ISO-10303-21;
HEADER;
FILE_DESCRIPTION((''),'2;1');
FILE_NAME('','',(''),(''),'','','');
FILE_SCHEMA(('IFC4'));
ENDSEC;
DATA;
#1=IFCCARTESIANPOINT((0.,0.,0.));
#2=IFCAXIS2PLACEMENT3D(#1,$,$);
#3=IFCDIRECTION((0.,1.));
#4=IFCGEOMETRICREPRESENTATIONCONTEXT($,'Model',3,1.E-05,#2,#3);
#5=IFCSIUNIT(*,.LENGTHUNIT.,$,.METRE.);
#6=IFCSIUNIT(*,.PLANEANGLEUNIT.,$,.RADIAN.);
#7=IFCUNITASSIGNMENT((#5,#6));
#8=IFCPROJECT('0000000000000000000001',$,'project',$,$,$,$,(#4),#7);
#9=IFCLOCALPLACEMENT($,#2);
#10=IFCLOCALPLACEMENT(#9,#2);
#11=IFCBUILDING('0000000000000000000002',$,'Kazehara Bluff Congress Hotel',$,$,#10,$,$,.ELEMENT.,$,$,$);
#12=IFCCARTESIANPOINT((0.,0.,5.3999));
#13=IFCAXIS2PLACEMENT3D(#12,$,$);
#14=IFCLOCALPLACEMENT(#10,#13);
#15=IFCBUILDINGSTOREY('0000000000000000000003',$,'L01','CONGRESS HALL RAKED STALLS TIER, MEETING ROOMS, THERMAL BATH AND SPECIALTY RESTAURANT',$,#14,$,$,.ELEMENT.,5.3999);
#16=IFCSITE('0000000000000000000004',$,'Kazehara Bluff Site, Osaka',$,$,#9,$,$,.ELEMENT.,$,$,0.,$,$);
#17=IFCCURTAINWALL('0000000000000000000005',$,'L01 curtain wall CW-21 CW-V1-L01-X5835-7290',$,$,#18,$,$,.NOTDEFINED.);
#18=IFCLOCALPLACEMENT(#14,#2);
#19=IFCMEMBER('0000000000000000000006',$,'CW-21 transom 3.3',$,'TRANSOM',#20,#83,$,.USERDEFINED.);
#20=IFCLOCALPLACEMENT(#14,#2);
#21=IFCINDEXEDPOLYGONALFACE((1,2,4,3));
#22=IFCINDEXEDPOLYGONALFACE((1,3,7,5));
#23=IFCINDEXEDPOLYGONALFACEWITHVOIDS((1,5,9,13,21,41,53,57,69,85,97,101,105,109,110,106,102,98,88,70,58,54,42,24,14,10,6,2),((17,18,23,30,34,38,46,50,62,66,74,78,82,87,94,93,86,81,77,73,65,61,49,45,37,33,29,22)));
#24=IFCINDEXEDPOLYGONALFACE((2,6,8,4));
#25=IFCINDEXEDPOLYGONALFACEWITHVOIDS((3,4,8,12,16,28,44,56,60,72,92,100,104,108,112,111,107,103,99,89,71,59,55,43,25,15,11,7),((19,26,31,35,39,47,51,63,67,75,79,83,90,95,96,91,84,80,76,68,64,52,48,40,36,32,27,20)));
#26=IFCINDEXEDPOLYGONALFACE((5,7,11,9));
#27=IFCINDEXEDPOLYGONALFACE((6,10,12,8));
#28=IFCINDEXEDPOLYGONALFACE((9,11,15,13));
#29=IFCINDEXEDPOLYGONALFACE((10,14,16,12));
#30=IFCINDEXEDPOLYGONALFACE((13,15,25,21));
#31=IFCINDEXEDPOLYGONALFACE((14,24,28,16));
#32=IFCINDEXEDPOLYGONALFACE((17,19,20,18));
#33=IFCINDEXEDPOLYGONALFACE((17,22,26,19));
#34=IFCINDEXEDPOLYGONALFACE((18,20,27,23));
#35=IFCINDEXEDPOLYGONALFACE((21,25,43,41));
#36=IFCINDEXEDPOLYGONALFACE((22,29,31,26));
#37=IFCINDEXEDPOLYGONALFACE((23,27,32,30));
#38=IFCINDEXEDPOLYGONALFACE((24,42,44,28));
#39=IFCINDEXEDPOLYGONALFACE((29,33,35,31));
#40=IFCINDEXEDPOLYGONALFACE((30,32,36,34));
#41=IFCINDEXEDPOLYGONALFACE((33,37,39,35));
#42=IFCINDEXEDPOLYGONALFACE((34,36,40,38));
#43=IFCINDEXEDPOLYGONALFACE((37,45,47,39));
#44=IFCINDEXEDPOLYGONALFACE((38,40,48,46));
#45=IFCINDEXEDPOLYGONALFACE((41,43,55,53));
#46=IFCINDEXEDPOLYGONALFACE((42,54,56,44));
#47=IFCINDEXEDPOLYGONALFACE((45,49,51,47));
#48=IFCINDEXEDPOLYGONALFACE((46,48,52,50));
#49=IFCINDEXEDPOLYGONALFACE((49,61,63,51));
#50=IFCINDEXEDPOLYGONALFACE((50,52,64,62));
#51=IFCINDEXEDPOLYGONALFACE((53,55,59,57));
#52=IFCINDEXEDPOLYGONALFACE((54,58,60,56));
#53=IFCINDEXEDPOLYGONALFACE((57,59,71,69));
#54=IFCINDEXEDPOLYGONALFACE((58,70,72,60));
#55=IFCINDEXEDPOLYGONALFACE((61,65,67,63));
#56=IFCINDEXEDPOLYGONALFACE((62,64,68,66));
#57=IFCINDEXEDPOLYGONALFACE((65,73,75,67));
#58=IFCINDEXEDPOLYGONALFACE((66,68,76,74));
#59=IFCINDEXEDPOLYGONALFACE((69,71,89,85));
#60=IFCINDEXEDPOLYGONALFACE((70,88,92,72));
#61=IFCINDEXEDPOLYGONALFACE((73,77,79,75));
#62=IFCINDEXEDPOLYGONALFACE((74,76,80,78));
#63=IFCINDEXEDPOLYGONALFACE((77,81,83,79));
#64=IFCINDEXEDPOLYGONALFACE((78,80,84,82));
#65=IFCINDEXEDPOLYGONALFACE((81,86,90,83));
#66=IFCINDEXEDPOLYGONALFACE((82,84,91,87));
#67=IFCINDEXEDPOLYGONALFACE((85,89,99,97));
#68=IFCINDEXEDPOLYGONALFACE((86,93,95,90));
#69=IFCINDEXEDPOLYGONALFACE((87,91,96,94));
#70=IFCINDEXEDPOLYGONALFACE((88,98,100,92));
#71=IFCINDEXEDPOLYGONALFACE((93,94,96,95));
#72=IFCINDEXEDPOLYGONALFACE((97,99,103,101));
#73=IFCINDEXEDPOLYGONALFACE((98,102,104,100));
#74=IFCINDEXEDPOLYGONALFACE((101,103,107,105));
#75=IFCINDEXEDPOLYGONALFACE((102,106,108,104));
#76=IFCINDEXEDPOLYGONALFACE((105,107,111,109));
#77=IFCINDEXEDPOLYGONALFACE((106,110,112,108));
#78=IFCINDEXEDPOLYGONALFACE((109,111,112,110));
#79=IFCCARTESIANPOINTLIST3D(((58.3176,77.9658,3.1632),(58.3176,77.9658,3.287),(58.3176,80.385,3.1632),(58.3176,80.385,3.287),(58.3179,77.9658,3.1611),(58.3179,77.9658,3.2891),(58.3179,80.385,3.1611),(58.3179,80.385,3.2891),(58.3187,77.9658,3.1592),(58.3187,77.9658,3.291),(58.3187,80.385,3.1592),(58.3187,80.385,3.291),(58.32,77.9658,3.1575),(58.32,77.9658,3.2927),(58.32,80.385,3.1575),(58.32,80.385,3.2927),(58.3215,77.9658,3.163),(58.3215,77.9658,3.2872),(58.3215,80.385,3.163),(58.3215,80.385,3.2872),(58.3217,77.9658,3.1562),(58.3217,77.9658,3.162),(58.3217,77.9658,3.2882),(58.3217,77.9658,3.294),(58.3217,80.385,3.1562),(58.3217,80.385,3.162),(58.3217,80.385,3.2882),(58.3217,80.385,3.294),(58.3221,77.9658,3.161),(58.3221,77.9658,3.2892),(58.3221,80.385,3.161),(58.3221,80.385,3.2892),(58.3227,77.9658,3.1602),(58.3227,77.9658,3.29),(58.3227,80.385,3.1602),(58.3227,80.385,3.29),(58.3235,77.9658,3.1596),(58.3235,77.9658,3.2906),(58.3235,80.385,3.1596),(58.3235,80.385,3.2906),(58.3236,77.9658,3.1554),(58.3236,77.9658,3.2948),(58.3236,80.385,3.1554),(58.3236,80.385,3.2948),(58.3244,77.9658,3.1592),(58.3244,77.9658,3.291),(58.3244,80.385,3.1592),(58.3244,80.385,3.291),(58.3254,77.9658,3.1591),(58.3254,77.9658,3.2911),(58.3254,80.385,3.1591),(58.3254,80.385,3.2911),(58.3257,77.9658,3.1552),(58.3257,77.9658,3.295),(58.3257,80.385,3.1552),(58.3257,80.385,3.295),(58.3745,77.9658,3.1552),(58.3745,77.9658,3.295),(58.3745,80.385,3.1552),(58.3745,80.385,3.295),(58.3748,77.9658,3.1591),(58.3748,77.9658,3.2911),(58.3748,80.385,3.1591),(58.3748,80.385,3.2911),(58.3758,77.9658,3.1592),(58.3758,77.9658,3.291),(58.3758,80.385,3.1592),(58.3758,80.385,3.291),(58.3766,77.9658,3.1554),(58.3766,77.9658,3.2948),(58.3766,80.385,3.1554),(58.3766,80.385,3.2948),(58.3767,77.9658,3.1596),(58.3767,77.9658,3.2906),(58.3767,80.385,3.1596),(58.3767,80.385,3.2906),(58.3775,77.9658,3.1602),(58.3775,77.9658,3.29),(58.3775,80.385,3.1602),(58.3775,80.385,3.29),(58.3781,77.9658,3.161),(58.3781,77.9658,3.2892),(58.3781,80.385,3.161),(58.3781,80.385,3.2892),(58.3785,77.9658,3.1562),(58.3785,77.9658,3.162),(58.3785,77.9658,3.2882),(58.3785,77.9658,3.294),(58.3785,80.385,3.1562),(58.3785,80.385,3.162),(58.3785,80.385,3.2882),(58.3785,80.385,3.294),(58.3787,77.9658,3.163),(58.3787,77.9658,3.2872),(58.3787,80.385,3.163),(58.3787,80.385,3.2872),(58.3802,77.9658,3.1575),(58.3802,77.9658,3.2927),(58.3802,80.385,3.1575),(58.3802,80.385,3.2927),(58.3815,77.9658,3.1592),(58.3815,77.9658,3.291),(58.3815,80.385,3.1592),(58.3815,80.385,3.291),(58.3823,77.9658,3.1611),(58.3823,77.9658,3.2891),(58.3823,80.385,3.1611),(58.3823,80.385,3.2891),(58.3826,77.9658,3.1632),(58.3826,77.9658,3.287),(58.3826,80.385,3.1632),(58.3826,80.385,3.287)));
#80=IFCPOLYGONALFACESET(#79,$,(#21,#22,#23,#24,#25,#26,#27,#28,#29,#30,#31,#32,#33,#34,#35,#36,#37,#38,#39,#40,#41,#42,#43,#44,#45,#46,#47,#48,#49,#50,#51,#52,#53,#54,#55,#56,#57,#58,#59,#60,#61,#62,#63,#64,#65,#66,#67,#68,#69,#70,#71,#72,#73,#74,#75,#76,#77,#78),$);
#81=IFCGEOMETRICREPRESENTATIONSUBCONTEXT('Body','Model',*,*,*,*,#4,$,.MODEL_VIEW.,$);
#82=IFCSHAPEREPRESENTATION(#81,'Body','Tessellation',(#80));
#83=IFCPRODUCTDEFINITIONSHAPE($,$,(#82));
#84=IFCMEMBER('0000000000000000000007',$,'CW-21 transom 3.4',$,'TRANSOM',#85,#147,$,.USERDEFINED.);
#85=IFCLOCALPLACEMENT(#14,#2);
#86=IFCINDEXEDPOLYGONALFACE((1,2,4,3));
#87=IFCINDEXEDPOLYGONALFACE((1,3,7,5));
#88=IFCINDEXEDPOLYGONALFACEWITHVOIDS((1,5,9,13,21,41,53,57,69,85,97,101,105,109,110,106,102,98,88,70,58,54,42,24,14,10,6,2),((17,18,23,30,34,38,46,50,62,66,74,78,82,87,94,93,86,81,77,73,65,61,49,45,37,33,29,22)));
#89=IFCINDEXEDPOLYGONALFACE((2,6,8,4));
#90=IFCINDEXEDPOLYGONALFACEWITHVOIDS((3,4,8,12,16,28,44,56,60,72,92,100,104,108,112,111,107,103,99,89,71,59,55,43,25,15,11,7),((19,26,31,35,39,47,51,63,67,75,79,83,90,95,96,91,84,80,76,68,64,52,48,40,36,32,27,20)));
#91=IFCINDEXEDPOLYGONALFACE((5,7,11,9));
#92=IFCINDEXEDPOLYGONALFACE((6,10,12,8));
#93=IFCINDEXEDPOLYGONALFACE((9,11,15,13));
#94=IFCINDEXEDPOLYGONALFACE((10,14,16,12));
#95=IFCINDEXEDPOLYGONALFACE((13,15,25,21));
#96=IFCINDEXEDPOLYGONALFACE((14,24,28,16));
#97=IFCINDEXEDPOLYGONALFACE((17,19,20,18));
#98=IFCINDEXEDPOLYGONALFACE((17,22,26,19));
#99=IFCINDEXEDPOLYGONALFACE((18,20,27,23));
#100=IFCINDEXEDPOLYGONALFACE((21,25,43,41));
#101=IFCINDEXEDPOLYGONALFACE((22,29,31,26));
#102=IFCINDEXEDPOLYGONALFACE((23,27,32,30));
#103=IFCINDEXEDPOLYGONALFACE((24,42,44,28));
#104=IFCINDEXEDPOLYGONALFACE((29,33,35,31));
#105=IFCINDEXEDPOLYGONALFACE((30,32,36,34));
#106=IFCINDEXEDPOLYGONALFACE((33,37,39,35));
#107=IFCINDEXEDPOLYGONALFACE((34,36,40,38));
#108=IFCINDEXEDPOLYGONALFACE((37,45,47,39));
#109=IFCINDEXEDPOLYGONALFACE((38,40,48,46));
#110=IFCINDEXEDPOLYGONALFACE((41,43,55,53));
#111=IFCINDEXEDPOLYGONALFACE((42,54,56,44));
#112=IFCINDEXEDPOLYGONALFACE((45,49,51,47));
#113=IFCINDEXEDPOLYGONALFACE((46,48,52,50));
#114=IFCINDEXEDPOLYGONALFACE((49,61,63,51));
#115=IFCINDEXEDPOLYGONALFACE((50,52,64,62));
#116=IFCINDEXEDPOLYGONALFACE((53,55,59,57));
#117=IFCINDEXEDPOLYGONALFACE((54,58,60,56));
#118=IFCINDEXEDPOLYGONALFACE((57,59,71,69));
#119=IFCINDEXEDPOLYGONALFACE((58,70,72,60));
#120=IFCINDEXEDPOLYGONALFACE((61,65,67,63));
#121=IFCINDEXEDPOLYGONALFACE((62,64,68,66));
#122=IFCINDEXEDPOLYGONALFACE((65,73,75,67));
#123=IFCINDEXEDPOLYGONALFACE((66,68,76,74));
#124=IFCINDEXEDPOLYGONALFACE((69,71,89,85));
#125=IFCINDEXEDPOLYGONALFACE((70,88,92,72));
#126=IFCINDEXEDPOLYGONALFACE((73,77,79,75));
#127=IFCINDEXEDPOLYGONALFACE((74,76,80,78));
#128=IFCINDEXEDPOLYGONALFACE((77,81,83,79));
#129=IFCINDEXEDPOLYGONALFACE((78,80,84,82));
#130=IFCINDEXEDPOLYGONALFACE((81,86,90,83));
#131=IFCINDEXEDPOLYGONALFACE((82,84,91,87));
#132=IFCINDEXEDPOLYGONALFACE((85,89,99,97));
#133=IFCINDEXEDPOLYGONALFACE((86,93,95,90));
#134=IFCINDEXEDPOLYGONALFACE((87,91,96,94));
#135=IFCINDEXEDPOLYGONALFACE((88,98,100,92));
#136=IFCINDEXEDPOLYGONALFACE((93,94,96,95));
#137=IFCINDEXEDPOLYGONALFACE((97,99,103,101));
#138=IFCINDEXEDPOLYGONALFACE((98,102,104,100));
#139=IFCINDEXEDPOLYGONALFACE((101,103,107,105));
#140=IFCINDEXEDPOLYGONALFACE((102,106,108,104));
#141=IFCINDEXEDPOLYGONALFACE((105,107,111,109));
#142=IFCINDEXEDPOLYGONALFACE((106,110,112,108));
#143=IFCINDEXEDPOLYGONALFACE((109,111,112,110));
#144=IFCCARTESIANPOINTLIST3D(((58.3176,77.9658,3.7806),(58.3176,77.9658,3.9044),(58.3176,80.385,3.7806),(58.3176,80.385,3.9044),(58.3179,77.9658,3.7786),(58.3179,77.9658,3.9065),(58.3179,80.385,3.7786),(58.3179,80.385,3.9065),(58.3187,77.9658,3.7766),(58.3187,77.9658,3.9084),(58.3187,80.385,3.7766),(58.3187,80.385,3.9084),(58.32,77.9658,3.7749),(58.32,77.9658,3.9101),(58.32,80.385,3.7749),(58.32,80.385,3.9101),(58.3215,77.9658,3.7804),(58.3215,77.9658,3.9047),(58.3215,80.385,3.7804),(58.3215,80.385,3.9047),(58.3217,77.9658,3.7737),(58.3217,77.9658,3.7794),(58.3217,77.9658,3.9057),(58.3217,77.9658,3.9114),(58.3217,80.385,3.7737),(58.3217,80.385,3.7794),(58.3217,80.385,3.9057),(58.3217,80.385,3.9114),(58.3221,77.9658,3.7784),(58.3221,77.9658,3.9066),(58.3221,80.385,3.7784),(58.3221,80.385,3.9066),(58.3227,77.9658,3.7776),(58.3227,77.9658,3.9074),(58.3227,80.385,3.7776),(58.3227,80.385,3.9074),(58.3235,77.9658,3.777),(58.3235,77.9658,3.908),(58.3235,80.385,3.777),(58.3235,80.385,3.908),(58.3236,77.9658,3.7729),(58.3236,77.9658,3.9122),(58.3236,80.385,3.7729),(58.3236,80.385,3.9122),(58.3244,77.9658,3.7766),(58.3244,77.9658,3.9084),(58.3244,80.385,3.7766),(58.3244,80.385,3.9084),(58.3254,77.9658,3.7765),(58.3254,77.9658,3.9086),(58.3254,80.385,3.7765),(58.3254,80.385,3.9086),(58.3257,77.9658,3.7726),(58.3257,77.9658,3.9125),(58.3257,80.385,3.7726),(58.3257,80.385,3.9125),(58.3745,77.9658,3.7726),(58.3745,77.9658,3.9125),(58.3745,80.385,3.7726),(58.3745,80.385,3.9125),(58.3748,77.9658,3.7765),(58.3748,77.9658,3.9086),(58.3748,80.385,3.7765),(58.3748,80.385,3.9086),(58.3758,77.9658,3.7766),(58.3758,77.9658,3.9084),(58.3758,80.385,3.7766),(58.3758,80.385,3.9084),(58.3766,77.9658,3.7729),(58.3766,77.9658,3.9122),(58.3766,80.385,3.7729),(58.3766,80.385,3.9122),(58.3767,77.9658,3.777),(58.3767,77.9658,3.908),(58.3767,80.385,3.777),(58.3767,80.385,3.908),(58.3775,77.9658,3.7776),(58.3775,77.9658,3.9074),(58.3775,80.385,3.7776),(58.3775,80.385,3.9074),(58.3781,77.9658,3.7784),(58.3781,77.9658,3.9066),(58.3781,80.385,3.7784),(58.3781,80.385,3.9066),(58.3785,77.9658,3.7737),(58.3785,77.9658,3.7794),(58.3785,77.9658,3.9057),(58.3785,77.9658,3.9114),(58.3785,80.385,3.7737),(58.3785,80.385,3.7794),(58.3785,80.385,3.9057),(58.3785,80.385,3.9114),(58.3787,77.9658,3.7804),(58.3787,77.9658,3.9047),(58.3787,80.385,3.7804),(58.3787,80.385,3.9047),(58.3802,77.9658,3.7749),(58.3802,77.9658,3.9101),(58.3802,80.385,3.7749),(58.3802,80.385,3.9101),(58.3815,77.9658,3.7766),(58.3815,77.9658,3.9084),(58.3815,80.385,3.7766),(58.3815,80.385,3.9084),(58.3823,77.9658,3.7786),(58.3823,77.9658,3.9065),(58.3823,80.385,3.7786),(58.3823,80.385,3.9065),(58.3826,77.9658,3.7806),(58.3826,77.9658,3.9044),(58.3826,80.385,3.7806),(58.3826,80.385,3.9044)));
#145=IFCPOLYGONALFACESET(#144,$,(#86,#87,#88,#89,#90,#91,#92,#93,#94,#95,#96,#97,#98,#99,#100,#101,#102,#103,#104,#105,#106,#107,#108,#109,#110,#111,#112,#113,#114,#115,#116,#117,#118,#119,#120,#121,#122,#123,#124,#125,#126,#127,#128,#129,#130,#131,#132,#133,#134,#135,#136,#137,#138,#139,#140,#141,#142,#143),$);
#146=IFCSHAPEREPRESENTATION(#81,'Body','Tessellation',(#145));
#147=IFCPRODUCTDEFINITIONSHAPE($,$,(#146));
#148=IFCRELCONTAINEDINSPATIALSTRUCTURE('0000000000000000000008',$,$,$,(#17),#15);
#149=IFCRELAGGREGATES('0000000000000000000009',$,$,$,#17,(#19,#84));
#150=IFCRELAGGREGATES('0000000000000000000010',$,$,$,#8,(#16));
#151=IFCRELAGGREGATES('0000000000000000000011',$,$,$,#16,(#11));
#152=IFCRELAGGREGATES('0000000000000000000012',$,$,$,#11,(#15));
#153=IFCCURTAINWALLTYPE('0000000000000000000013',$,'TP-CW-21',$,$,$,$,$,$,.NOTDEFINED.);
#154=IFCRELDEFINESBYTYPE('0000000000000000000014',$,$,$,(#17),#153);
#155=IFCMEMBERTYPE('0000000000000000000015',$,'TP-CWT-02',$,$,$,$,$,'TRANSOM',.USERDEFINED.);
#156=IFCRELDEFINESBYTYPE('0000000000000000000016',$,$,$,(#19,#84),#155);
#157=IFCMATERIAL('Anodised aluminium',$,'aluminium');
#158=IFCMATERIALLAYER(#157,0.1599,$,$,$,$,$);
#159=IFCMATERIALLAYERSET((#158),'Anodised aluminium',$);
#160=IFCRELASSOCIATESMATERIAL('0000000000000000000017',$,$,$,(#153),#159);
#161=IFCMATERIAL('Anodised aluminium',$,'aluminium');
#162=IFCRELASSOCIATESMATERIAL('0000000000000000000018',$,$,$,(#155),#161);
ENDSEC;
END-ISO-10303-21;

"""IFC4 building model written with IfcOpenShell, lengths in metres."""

from ifc_helpers import new_model, si_unit, direction, frame, origin, origin_2d, place, context, subcontext, project, spatial, hollow_rectangle, extrude, material, layer, layer_set, material_profile, profile_set, type_object, element, aggregate, save


model = new_model("IFC4")

# Units and contexts
model_context = context("Model", 3, precision=1e-05, world=origin(), true_north=direction((0.0, 1.0)))
body_context = subcontext(model_context, "Body", "Model", "MODEL_VIEW")
ifc_project = project(units=[si_unit("LENGTHUNIT", "METRE"), si_unit("PLANEANGLEUNIT", "RADIAN")], contexts=[model_context])

# Site, building, storey
site_placement = place(None, origin())
site = spatial("IfcSite", under=ifc_project, at=site_placement, Name="Kazehara Bluff Site, Osaka", CompositionType="ELEMENT", RefElevation=0.0)
building_placement = place(site_placement, origin())
building = spatial("IfcBuilding", under=site, at=building_placement, Name="Kazehara Bluff Congress Hotel", CompositionType="ELEMENT")
storey_placement = place(building_placement, frame((0.0, 0.0, 5.3999)))
storey = spatial("IfcBuildingStorey", under=building, at=storey_placement, Name="L01", Description="CONGRESS HALL RAKED STALLS TIER, MEETING ROOMS, THERMAL BATH AND SPECIALTY RESTAURANT", CompositionType="ELEMENT", Elevation=5.3999)

# Curtain wall
ifc_material_1 = material(Name="Anodised aluminium", Category="aluminium")
ifc_layer_1 = layer(ifc_material_1, 0.1599)
ifc_layer_set_1 = layer_set([ifc_layer_1], Name="Anodised aluminium")
curtain_wall_type_1 = type_object("IfcCurtainWallType", Name="TP-CW-21", PredefinedType="NOTDEFINED", material=ifc_layer_set_1)
curtain_wall_1_placement = place(storey_placement, origin())
curtain_wall_1 = element("IfcCurtainWall", 1, at=curtain_wall_1_placement, inside=storey, type_object=curtain_wall_type_1, Name="L01 curtain wall CW-21 CW-V1-L01-X5835-7290", PredefinedType="NOTDEFINED")

# Members
ifc_material_2 = material(Name="Anodised aluminium", Category="aluminium")
ifc_material_profile_1 = material_profile(ifc_material_2, hollow_rectangle(XDim=0.0649, YDim=0.1399, WallThickness=0.0039, InnerFilletRadius=0.0039, OuterFilletRadius=0.0081, at=origin_2d()))
ifc_profile_set_1 = profile_set([ifc_material_profile_1], Name="Anodised aluminium")
member_type_1 = type_object("IfcMemberType", Name="TP-CWT-02", ElementType="TRANSOM", PredefinedType="USERDEFINED", material=ifc_profile_set_1)
member_1_placement = place(storey_placement, frame((58.3501, 77.9658, 3.2251), z_axis=(0.0, 1.0, 0.0), x_axis=(-1.0, 0.0, 0.0)))
member_1 = element("IfcMember", 2, at=member_1_placement, type_object=member_type_1, Name="CW-21 transom 3.3", ObjectType="TRANSOM", PredefinedType="USERDEFINED", context=body_context, shape_type="SweptSolid", body=[
    extrude(hollow_rectangle(XDim=0.0649, YDim=0.1399, WallThickness=0.0039, InnerFilletRadius=0.0039, OuterFilletRadius=0.0081, at=origin_2d()), origin(), (0.0, 0.0, 1.0), 2.4192),
])
member_2_placement = place(storey_placement, frame((58.3501, 77.9658, 3.8425), z_axis=(0.0, 1.0, 0.0), x_axis=(-1.0, 0.0, 0.0)))
member_2 = element("IfcMember", 3, at=member_2_placement, type_object=member_type_1, Name="CW-21 transom 3.4", ObjectType="TRANSOM", PredefinedType="USERDEFINED", context=body_context, shape_type="SweptSolid", body=[
    extrude(hollow_rectangle(XDim=0.0649, YDim=0.1399, WallThickness=0.0039, InnerFilletRadius=0.0039, OuterFilletRadius=0.0081, at=origin_2d()), origin(), (0.0, 0.0, 1.0), 2.4192),
])

aggregate(curtain_wall_1, [member_1, member_2])

save(model, "model.ifc")
